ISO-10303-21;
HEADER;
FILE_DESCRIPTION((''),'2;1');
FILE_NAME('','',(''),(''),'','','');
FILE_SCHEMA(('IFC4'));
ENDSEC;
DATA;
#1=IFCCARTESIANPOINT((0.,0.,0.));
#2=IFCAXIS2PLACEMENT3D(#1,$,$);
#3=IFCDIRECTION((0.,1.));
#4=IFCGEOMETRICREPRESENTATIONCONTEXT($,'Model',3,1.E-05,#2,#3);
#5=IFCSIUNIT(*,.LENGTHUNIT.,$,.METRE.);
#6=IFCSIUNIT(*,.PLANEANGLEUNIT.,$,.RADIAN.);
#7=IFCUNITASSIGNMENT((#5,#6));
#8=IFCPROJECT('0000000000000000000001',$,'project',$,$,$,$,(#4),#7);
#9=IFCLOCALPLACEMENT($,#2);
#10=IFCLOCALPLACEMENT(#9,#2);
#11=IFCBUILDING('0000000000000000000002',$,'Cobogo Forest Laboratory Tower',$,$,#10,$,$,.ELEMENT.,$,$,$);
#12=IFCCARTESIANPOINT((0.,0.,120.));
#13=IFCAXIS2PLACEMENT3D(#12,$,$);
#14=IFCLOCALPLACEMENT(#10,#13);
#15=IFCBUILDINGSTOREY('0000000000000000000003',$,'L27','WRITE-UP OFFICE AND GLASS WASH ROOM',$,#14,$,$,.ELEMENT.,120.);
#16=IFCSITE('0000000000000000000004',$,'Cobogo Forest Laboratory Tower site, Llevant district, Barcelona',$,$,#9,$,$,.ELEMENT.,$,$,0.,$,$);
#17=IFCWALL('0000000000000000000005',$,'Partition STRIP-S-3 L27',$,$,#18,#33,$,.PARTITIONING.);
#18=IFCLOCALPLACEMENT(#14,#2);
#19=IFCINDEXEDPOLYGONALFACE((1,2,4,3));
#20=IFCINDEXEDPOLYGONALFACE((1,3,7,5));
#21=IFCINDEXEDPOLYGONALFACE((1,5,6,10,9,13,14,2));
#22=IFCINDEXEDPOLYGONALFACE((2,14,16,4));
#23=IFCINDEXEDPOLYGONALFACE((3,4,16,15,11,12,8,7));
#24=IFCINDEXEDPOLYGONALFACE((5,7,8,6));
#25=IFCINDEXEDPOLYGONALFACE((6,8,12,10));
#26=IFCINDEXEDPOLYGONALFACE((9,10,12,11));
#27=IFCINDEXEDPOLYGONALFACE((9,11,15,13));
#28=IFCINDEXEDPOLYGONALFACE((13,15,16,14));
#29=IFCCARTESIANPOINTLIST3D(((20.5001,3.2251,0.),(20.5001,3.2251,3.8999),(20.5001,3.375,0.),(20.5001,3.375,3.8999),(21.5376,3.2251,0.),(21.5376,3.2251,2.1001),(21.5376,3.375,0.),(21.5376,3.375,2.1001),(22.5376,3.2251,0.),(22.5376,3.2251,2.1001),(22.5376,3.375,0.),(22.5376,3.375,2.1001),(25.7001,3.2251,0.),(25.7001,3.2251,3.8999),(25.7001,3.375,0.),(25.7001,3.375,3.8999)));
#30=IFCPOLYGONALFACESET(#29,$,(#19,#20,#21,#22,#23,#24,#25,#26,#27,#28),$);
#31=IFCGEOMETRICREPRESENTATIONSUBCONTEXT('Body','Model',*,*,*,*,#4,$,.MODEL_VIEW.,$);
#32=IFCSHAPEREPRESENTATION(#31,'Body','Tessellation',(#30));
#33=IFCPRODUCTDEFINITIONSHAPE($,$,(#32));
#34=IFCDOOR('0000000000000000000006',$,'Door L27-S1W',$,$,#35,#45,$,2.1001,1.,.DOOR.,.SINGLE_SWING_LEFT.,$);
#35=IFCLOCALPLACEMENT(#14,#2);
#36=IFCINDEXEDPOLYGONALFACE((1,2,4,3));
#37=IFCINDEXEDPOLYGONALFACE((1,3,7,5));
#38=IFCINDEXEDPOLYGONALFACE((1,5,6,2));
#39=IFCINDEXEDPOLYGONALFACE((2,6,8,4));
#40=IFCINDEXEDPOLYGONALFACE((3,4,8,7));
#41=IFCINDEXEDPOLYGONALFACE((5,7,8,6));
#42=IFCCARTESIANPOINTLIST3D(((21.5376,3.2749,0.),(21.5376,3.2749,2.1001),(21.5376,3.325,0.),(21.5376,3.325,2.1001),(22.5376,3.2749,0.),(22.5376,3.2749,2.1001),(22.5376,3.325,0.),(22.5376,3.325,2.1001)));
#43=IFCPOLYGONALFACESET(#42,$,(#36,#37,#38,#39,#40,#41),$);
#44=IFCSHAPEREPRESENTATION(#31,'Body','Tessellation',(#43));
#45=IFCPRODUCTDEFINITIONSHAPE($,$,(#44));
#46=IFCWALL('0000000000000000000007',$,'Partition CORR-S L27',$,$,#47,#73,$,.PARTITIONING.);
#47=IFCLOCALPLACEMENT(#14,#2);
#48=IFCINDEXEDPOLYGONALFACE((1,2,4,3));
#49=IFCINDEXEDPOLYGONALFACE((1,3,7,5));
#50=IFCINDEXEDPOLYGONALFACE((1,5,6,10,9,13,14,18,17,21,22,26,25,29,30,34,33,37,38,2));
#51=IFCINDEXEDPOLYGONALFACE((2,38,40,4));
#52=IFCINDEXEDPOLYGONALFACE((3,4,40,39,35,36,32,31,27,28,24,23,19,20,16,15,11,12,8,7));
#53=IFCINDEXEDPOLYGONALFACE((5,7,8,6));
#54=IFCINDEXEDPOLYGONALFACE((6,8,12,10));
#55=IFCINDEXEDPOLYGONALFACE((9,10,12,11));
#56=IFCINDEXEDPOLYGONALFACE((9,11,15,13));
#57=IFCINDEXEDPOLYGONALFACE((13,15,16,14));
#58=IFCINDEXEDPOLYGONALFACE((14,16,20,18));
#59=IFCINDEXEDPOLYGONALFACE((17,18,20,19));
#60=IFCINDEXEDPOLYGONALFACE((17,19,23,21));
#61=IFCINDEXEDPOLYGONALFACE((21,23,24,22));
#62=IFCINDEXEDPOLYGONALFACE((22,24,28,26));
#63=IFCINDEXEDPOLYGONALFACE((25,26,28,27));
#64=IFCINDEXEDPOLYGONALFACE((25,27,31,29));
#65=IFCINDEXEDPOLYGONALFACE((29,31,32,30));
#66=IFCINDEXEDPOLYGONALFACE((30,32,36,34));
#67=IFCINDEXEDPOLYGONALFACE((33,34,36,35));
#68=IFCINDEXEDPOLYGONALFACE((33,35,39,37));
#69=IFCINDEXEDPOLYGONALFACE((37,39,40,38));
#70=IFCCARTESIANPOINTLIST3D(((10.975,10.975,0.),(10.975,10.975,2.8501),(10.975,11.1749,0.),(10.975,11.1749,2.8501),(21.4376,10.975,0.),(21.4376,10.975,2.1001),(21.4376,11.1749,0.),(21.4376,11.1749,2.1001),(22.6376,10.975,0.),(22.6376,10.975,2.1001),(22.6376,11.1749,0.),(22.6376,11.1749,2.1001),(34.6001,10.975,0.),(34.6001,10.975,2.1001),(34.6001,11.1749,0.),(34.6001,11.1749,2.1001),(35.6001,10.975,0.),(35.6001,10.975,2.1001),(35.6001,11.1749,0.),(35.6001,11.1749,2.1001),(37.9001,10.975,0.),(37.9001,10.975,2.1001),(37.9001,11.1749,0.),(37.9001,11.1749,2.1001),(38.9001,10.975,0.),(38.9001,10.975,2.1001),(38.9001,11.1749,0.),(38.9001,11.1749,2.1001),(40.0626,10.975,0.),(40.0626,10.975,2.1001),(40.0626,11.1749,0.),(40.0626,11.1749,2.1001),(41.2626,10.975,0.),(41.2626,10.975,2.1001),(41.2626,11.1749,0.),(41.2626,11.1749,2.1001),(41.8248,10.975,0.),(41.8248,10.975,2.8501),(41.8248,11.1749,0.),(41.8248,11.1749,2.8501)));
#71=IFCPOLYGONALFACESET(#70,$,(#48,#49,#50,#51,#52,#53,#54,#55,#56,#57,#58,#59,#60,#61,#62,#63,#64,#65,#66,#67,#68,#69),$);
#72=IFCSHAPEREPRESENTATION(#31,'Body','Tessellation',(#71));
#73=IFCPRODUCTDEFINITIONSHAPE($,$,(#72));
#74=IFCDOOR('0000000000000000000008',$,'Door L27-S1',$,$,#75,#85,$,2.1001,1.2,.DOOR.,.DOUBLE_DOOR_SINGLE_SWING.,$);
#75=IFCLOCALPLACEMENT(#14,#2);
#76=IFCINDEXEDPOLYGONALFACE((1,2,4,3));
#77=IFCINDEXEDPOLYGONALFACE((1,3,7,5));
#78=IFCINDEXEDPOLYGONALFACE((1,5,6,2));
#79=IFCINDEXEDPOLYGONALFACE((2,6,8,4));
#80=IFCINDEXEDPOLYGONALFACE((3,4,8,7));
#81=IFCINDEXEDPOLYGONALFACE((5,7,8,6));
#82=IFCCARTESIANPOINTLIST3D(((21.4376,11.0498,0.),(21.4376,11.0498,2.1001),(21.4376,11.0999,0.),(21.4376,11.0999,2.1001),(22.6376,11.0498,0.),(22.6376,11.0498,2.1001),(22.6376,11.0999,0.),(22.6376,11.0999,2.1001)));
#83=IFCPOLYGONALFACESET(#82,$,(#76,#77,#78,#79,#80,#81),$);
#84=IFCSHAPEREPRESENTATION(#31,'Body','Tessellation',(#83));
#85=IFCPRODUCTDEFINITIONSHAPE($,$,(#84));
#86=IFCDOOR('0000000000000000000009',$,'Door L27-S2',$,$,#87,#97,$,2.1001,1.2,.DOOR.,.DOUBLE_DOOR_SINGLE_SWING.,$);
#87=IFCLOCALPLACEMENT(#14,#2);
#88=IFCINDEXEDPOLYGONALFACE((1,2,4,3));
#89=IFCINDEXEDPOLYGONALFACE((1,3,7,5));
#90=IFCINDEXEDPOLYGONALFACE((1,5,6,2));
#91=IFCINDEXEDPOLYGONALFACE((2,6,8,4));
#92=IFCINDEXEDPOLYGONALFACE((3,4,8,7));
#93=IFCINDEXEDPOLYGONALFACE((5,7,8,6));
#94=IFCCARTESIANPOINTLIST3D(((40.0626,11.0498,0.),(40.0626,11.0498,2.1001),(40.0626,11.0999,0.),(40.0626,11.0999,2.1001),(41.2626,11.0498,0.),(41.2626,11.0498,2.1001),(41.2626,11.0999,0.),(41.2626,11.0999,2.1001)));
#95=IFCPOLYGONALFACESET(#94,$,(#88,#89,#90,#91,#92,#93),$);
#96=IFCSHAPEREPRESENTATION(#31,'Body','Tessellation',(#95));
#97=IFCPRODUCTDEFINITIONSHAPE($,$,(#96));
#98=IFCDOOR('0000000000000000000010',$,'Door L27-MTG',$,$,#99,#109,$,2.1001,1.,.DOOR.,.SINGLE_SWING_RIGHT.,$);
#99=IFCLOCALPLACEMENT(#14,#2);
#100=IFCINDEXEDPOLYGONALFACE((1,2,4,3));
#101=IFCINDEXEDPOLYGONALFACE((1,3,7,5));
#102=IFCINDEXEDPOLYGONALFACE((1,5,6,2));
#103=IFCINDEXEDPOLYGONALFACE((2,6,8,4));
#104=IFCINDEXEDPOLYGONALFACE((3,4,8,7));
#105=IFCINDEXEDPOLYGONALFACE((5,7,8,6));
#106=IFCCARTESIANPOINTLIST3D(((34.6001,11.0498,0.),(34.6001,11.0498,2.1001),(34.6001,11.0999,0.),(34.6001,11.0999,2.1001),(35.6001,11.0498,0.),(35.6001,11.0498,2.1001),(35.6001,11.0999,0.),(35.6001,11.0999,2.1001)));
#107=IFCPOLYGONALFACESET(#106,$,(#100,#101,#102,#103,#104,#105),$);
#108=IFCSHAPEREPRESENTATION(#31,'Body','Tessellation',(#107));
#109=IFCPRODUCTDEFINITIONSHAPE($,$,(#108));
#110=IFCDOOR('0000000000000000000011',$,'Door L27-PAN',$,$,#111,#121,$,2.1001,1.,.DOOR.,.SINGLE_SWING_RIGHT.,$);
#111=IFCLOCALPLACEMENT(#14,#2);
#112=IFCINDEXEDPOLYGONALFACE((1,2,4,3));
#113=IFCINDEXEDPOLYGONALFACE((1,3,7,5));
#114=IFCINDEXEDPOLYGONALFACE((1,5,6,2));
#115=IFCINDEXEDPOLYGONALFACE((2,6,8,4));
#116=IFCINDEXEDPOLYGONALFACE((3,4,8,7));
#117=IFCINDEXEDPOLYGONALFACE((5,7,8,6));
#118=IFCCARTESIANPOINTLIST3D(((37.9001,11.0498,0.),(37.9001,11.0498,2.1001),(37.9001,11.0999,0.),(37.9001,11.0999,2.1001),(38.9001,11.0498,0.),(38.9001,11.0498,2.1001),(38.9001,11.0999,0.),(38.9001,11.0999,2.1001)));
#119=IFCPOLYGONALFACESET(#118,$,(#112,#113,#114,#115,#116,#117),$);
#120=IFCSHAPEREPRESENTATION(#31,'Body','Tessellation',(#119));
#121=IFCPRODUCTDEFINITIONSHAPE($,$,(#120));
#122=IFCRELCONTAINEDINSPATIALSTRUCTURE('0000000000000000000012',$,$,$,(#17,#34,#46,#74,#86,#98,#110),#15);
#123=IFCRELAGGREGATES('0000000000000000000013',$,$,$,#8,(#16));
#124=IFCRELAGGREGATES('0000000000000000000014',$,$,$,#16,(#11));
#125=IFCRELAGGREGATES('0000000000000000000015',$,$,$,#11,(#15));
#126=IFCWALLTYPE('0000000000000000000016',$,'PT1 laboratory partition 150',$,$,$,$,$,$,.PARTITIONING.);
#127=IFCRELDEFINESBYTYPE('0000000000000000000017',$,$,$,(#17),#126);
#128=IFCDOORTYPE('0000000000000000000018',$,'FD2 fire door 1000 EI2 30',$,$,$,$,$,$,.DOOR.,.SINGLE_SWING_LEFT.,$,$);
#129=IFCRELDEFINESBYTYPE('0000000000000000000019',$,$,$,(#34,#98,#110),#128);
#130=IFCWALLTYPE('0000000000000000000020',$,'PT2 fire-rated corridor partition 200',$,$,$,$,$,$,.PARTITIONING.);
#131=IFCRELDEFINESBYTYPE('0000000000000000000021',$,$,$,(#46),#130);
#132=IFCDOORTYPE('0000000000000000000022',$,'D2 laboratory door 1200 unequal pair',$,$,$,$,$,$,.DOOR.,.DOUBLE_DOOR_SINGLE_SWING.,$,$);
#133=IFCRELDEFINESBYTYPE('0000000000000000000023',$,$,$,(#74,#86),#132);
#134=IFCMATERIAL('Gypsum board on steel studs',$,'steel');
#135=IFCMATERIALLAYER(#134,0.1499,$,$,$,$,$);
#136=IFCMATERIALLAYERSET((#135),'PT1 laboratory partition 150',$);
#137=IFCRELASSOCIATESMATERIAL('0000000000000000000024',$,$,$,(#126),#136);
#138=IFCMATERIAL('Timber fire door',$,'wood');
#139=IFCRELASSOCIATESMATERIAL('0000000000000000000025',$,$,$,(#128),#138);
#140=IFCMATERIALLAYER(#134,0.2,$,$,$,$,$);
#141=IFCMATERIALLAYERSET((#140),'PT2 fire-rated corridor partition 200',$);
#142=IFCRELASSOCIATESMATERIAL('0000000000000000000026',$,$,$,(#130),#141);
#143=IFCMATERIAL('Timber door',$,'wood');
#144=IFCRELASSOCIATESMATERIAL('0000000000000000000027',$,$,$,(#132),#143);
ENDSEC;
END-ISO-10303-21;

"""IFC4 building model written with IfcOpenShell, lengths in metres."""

from ifc_helpers import new_model, si_unit, direction, frame, frame_2d, origin, place, context, subcontext, project, spatial, rectangle, extrude, material, layer, layer_set, type_object, element, fill, save


model = new_model("IFC4")

# Units and contexts
model_context = context("Model", 3, precision=1e-05, world=origin(), true_north=direction((0.0, 1.0)))
body_context = subcontext(model_context, "Body", "Model", "MODEL_VIEW")
ifc_project = project(units=[si_unit("LENGTHUNIT", "METRE"), si_unit("PLANEANGLEUNIT", "RADIAN")], contexts=[model_context])

# Site, building, storey
site_placement = place(None, origin())
site = spatial("IfcSite", under=ifc_project, at=site_placement, Name="Cobogo Forest Laboratory Tower site, Llevant district, Barcelona", CompositionType="ELEMENT", RefElevation=0.0)
building_placement = place(site_placement, origin())
building = spatial("IfcBuilding", under=site, at=building_placement, Name="Cobogo Forest Laboratory Tower", CompositionType="ELEMENT")
storey_placement = place(building_placement, frame((0.0, 0.0, 120.0)))
storey = spatial("IfcBuildingStorey", under=building, at=storey_placement, Name="L27", Description="WRITE-UP OFFICE AND GLASS WASH ROOM", CompositionType="ELEMENT", Elevation=120.0)

# Shared definitions
ifc_material_1 = material(Name="Gypsum board on steel studs", Category="steel")
ifc_layer_1 = layer(ifc_material_1, 0.1499)
ifc_layer_set_1 = layer_set([ifc_layer_1], Name="PT1 laboratory partition 150")
wall_type_1 = type_object("IfcWallType", Name="PT1 laboratory partition 150", PredefinedType="PARTITIONING", material=ifc_layer_set_1)

# Wall, opening, door
wall_1_placement = place(storey_placement, frame((20.5, 3.3, 0.0), z_axis=(0.0, 0.0, 1.0), x_axis=(1.0, 0.0, 0.0)))
wall_1 = element("IfcWall", 1, at=wall_1_placement, inside=storey, type_object=wall_type_1, Name="Partition STRIP-S-3 L27", PredefinedType="PARTITIONING", context=body_context, shape_type="SweptSolid", body=[
    extrude(rectangle(XDim=5.2, YDim=0.1499, at=frame_2d((2.6001, 0.0))), origin(), (0.0, 0.0, 1.0), 3.8999),
])
opening_1_placement = place(wall_1_placement, frame((1.0376, 0.0, 0.0)))
opening_1 = element("IfcOpeningElement", 2, at=opening_1_placement, cuts=wall_1, PredefinedType="OPENING", context=body_context, shape_type="SweptSolid", body=[
    extrude(rectangle(XDim=1.0, YDim=2.1001, at=frame_2d((0.5, 1.05))), frame((0.0, 0.085, 0.0), z_axis=(0.0, -1.0, 0.0), x_axis=(1.0, 0.0, 0.0)), (0.0, 0.0, 1.0), 0.1699),
])
ifc_material_2 = material(Name="Timber fire door", Category="wood")
door_type_1 = type_object("IfcDoorType", Name="FD2 fire door 1000 EI2 30", OperationType="SINGLE_SWING_LEFT", PredefinedType="DOOR", material=ifc_material_2)
door_1_placement = place(opening_1_placement, origin())
door_1 = element("IfcDoor", 3, at=door_1_placement, inside=storey, type_object=door_type_1, Name="Door L27-S1W", OperationType="SINGLE_SWING_LEFT", OverallHeight=2.1001, OverallWidth=1.0, PredefinedType="DOOR", context=body_context, shape_type="SweptSolid", body=[
    extrude(rectangle(XDim=1.0, YDim=2.1001, at=frame_2d((0.5, 1.05))), frame((0.0, 0.0249, 0.0), z_axis=(0.0, -1.0, 0.0), x_axis=(1.0, 0.0, 0.0)), (0.0, 0.0, 1.0), 0.05),
])
fill(opening_1, door_1)

# Wall, openings, doors
ifc_layer_2 = layer(ifc_material_1, 0.2)
ifc_layer_set_2 = layer_set([ifc_layer_2], Name="PT2 fire-rated corridor partition 200")
wall_type_2 = type_object("IfcWallType", Name="PT2 fire-rated corridor partition 200", PredefinedType="PARTITIONING", material=ifc_layer_set_2)
wall_2_placement = place(storey_placement, frame((10.9751, 11.075, 0.0), z_axis=(0.0, 0.0, 1.0), x_axis=(1.0, 0.0, 0.0)))
wall_2 = element("IfcWall", 4, at=wall_2_placement, inside=storey, type_object=wall_type_2, Name="Partition CORR-S L27", PredefinedType="PARTITIONING", context=body_context, shape_type="SweptSolid", body=[
    extrude(rectangle(XDim=30.8499, YDim=0.2, at=frame_2d((15.4248, 0.0))), origin(), (0.0, 0.0, 1.0), 2.8501),
])
opening_2_placement = place(wall_2_placement, frame((10.4624, 0.0, 0.0)))
opening_2 = element("IfcOpeningElement", 5, at=opening_2_placement, cuts=wall_2, PredefinedType="OPENING", context=body_context, shape_type="SweptSolid", body=[
    extrude(rectangle(XDim=1.2, YDim=2.1001, at=frame_2d((0.6001, 1.05))), frame((0.0, 0.1099, 0.0), z_axis=(0.0, -1.0, 0.0), x_axis=(1.0, 0.0, 0.0)), (0.0, 0.0, 1.0), 0.22),
])
opening_3_placement = place(wall_2_placement, frame((23.625, 0.0, 0.0)))
opening_3 = element("IfcOpeningElement", 6, at=opening_3_placement, cuts=wall_2, PredefinedType="OPENING", context=body_context, shape_type="SweptSolid", body=[
    extrude(rectangle(XDim=1.0, YDim=2.1001, at=frame_2d((0.5, 1.05))), frame((0.0, 0.1099, 0.0), z_axis=(0.0, -1.0, 0.0), x_axis=(1.0, 0.0, 0.0)), (0.0, 0.0, 1.0), 0.22),
])
opening_4_placement = place(wall_2_placement, frame((26.925, 0.0, 0.0)))
opening_4 = element("IfcOpeningElement", 7, at=opening_4_placement, cuts=wall_2, PredefinedType="OPENING", context=body_context, shape_type="SweptSolid", body=[
    extrude(rectangle(XDim=1.0, YDim=2.1001, at=frame_2d((0.5, 1.05))), frame((0.0, 0.1099, 0.0), z_axis=(0.0, -1.0, 0.0), x_axis=(1.0, 0.0, 0.0)), (0.0, 0.0, 1.0), 0.22),
])
opening_5_placement = place(wall_2_placement, frame((29.0874, 0.0, 0.0)))
opening_5 = element("IfcOpeningElement", 8, at=opening_5_placement, cuts=wall_2, PredefinedType="OPENING", context=body_context, shape_type="SweptSolid", body=[
    extrude(rectangle(XDim=1.2, YDim=2.1001, at=frame_2d((0.6001, 1.05))), frame((0.0, 0.1099, 0.0), z_axis=(0.0, -1.0, 0.0), x_axis=(1.0, 0.0, 0.0)), (0.0, 0.0, 1.0), 0.22),
])
ifc_material_3 = material(Name="Timber door", Category="wood")
door_type_2 = type_object("IfcDoorType", Name="D2 laboratory door 1200 unequal pair", OperationType="DOUBLE_DOOR_SINGLE_SWING", PredefinedType="DOOR", material=ifc_material_3)
door_2_placement = place(opening_2_placement, origin())
door_2 = element("IfcDoor", 9, at=door_2_placement, inside=storey, type_object=door_type_2, Name="Door L27-S1", OperationType="DOUBLE_DOOR_SINGLE_SWING", OverallHeight=2.1001, OverallWidth=1.2, PredefinedType="DOOR", context=body_context, shape_type="SweptSolid", body=[
    extrude(rectangle(XDim=1.2, YDim=2.1001, at=frame_2d((0.6001, 1.05))), frame((0.0, 0.0249, 0.0), z_axis=(0.0, -1.0, 0.0), x_axis=(1.0, 0.0, 0.0)), (0.0, 0.0, 1.0), 0.05),
])
fill(opening_2, door_2)
door_3_placement = place(opening_5_placement, origin())
door_3 = element("IfcDoor", 10, at=door_3_placement, inside=storey, type_object=door_type_2, Name="Door L27-S2", OperationType="DOUBLE_DOOR_SINGLE_SWING", OverallHeight=2.1001, OverallWidth=1.2, PredefinedType="DOOR", context=body_context, shape_type="SweptSolid", body=[
    extrude(rectangle(XDim=1.2, YDim=2.1001, at=frame_2d((0.6001, 1.05))), frame((0.0, 0.0249, 0.0), z_axis=(0.0, -1.0, 0.0), x_axis=(1.0, 0.0, 0.0)), (0.0, 0.0, 1.0), 0.05),
])
fill(opening_5, door_3)
door_4_placement = place(opening_3_placement, origin())
door_4 = element("IfcDoor", 11, at=door_4_placement, inside=storey, type_object=door_type_1, Name="Door L27-MTG", OperationType="SINGLE_SWING_RIGHT", OverallHeight=2.1001, OverallWidth=1.0, PredefinedType="DOOR", context=body_context, shape_type="SweptSolid", body=[
    extrude(rectangle(XDim=1.0, YDim=2.1001, at=frame_2d((0.5, 1.05))), frame((0.0, 0.0249, 0.0), z_axis=(0.0, -1.0, 0.0), x_axis=(1.0, 0.0, 0.0)), (0.0, 0.0, 1.0), 0.05),
])
fill(opening_3, door_4)
door_5_placement = place(opening_4_placement, origin())
door_5 = element("IfcDoor", 12, at=door_5_placement, inside=storey, type_object=door_type_1, Name="Door L27-PAN", OperationType="SINGLE_SWING_RIGHT", OverallHeight=2.1001, OverallWidth=1.0, PredefinedType="DOOR", context=body_context, shape_type="SweptSolid", body=[
    extrude(rectangle(XDim=1.0, YDim=2.1001, at=frame_2d((0.5, 1.05))), frame((0.0, 0.0249, 0.0), z_axis=(0.0, -1.0, 0.0), x_axis=(1.0, 0.0, 0.0)), (0.0, 0.0, 1.0), 0.05),
])
fill(opening_4, door_5)

save(model, "model.ifc")
